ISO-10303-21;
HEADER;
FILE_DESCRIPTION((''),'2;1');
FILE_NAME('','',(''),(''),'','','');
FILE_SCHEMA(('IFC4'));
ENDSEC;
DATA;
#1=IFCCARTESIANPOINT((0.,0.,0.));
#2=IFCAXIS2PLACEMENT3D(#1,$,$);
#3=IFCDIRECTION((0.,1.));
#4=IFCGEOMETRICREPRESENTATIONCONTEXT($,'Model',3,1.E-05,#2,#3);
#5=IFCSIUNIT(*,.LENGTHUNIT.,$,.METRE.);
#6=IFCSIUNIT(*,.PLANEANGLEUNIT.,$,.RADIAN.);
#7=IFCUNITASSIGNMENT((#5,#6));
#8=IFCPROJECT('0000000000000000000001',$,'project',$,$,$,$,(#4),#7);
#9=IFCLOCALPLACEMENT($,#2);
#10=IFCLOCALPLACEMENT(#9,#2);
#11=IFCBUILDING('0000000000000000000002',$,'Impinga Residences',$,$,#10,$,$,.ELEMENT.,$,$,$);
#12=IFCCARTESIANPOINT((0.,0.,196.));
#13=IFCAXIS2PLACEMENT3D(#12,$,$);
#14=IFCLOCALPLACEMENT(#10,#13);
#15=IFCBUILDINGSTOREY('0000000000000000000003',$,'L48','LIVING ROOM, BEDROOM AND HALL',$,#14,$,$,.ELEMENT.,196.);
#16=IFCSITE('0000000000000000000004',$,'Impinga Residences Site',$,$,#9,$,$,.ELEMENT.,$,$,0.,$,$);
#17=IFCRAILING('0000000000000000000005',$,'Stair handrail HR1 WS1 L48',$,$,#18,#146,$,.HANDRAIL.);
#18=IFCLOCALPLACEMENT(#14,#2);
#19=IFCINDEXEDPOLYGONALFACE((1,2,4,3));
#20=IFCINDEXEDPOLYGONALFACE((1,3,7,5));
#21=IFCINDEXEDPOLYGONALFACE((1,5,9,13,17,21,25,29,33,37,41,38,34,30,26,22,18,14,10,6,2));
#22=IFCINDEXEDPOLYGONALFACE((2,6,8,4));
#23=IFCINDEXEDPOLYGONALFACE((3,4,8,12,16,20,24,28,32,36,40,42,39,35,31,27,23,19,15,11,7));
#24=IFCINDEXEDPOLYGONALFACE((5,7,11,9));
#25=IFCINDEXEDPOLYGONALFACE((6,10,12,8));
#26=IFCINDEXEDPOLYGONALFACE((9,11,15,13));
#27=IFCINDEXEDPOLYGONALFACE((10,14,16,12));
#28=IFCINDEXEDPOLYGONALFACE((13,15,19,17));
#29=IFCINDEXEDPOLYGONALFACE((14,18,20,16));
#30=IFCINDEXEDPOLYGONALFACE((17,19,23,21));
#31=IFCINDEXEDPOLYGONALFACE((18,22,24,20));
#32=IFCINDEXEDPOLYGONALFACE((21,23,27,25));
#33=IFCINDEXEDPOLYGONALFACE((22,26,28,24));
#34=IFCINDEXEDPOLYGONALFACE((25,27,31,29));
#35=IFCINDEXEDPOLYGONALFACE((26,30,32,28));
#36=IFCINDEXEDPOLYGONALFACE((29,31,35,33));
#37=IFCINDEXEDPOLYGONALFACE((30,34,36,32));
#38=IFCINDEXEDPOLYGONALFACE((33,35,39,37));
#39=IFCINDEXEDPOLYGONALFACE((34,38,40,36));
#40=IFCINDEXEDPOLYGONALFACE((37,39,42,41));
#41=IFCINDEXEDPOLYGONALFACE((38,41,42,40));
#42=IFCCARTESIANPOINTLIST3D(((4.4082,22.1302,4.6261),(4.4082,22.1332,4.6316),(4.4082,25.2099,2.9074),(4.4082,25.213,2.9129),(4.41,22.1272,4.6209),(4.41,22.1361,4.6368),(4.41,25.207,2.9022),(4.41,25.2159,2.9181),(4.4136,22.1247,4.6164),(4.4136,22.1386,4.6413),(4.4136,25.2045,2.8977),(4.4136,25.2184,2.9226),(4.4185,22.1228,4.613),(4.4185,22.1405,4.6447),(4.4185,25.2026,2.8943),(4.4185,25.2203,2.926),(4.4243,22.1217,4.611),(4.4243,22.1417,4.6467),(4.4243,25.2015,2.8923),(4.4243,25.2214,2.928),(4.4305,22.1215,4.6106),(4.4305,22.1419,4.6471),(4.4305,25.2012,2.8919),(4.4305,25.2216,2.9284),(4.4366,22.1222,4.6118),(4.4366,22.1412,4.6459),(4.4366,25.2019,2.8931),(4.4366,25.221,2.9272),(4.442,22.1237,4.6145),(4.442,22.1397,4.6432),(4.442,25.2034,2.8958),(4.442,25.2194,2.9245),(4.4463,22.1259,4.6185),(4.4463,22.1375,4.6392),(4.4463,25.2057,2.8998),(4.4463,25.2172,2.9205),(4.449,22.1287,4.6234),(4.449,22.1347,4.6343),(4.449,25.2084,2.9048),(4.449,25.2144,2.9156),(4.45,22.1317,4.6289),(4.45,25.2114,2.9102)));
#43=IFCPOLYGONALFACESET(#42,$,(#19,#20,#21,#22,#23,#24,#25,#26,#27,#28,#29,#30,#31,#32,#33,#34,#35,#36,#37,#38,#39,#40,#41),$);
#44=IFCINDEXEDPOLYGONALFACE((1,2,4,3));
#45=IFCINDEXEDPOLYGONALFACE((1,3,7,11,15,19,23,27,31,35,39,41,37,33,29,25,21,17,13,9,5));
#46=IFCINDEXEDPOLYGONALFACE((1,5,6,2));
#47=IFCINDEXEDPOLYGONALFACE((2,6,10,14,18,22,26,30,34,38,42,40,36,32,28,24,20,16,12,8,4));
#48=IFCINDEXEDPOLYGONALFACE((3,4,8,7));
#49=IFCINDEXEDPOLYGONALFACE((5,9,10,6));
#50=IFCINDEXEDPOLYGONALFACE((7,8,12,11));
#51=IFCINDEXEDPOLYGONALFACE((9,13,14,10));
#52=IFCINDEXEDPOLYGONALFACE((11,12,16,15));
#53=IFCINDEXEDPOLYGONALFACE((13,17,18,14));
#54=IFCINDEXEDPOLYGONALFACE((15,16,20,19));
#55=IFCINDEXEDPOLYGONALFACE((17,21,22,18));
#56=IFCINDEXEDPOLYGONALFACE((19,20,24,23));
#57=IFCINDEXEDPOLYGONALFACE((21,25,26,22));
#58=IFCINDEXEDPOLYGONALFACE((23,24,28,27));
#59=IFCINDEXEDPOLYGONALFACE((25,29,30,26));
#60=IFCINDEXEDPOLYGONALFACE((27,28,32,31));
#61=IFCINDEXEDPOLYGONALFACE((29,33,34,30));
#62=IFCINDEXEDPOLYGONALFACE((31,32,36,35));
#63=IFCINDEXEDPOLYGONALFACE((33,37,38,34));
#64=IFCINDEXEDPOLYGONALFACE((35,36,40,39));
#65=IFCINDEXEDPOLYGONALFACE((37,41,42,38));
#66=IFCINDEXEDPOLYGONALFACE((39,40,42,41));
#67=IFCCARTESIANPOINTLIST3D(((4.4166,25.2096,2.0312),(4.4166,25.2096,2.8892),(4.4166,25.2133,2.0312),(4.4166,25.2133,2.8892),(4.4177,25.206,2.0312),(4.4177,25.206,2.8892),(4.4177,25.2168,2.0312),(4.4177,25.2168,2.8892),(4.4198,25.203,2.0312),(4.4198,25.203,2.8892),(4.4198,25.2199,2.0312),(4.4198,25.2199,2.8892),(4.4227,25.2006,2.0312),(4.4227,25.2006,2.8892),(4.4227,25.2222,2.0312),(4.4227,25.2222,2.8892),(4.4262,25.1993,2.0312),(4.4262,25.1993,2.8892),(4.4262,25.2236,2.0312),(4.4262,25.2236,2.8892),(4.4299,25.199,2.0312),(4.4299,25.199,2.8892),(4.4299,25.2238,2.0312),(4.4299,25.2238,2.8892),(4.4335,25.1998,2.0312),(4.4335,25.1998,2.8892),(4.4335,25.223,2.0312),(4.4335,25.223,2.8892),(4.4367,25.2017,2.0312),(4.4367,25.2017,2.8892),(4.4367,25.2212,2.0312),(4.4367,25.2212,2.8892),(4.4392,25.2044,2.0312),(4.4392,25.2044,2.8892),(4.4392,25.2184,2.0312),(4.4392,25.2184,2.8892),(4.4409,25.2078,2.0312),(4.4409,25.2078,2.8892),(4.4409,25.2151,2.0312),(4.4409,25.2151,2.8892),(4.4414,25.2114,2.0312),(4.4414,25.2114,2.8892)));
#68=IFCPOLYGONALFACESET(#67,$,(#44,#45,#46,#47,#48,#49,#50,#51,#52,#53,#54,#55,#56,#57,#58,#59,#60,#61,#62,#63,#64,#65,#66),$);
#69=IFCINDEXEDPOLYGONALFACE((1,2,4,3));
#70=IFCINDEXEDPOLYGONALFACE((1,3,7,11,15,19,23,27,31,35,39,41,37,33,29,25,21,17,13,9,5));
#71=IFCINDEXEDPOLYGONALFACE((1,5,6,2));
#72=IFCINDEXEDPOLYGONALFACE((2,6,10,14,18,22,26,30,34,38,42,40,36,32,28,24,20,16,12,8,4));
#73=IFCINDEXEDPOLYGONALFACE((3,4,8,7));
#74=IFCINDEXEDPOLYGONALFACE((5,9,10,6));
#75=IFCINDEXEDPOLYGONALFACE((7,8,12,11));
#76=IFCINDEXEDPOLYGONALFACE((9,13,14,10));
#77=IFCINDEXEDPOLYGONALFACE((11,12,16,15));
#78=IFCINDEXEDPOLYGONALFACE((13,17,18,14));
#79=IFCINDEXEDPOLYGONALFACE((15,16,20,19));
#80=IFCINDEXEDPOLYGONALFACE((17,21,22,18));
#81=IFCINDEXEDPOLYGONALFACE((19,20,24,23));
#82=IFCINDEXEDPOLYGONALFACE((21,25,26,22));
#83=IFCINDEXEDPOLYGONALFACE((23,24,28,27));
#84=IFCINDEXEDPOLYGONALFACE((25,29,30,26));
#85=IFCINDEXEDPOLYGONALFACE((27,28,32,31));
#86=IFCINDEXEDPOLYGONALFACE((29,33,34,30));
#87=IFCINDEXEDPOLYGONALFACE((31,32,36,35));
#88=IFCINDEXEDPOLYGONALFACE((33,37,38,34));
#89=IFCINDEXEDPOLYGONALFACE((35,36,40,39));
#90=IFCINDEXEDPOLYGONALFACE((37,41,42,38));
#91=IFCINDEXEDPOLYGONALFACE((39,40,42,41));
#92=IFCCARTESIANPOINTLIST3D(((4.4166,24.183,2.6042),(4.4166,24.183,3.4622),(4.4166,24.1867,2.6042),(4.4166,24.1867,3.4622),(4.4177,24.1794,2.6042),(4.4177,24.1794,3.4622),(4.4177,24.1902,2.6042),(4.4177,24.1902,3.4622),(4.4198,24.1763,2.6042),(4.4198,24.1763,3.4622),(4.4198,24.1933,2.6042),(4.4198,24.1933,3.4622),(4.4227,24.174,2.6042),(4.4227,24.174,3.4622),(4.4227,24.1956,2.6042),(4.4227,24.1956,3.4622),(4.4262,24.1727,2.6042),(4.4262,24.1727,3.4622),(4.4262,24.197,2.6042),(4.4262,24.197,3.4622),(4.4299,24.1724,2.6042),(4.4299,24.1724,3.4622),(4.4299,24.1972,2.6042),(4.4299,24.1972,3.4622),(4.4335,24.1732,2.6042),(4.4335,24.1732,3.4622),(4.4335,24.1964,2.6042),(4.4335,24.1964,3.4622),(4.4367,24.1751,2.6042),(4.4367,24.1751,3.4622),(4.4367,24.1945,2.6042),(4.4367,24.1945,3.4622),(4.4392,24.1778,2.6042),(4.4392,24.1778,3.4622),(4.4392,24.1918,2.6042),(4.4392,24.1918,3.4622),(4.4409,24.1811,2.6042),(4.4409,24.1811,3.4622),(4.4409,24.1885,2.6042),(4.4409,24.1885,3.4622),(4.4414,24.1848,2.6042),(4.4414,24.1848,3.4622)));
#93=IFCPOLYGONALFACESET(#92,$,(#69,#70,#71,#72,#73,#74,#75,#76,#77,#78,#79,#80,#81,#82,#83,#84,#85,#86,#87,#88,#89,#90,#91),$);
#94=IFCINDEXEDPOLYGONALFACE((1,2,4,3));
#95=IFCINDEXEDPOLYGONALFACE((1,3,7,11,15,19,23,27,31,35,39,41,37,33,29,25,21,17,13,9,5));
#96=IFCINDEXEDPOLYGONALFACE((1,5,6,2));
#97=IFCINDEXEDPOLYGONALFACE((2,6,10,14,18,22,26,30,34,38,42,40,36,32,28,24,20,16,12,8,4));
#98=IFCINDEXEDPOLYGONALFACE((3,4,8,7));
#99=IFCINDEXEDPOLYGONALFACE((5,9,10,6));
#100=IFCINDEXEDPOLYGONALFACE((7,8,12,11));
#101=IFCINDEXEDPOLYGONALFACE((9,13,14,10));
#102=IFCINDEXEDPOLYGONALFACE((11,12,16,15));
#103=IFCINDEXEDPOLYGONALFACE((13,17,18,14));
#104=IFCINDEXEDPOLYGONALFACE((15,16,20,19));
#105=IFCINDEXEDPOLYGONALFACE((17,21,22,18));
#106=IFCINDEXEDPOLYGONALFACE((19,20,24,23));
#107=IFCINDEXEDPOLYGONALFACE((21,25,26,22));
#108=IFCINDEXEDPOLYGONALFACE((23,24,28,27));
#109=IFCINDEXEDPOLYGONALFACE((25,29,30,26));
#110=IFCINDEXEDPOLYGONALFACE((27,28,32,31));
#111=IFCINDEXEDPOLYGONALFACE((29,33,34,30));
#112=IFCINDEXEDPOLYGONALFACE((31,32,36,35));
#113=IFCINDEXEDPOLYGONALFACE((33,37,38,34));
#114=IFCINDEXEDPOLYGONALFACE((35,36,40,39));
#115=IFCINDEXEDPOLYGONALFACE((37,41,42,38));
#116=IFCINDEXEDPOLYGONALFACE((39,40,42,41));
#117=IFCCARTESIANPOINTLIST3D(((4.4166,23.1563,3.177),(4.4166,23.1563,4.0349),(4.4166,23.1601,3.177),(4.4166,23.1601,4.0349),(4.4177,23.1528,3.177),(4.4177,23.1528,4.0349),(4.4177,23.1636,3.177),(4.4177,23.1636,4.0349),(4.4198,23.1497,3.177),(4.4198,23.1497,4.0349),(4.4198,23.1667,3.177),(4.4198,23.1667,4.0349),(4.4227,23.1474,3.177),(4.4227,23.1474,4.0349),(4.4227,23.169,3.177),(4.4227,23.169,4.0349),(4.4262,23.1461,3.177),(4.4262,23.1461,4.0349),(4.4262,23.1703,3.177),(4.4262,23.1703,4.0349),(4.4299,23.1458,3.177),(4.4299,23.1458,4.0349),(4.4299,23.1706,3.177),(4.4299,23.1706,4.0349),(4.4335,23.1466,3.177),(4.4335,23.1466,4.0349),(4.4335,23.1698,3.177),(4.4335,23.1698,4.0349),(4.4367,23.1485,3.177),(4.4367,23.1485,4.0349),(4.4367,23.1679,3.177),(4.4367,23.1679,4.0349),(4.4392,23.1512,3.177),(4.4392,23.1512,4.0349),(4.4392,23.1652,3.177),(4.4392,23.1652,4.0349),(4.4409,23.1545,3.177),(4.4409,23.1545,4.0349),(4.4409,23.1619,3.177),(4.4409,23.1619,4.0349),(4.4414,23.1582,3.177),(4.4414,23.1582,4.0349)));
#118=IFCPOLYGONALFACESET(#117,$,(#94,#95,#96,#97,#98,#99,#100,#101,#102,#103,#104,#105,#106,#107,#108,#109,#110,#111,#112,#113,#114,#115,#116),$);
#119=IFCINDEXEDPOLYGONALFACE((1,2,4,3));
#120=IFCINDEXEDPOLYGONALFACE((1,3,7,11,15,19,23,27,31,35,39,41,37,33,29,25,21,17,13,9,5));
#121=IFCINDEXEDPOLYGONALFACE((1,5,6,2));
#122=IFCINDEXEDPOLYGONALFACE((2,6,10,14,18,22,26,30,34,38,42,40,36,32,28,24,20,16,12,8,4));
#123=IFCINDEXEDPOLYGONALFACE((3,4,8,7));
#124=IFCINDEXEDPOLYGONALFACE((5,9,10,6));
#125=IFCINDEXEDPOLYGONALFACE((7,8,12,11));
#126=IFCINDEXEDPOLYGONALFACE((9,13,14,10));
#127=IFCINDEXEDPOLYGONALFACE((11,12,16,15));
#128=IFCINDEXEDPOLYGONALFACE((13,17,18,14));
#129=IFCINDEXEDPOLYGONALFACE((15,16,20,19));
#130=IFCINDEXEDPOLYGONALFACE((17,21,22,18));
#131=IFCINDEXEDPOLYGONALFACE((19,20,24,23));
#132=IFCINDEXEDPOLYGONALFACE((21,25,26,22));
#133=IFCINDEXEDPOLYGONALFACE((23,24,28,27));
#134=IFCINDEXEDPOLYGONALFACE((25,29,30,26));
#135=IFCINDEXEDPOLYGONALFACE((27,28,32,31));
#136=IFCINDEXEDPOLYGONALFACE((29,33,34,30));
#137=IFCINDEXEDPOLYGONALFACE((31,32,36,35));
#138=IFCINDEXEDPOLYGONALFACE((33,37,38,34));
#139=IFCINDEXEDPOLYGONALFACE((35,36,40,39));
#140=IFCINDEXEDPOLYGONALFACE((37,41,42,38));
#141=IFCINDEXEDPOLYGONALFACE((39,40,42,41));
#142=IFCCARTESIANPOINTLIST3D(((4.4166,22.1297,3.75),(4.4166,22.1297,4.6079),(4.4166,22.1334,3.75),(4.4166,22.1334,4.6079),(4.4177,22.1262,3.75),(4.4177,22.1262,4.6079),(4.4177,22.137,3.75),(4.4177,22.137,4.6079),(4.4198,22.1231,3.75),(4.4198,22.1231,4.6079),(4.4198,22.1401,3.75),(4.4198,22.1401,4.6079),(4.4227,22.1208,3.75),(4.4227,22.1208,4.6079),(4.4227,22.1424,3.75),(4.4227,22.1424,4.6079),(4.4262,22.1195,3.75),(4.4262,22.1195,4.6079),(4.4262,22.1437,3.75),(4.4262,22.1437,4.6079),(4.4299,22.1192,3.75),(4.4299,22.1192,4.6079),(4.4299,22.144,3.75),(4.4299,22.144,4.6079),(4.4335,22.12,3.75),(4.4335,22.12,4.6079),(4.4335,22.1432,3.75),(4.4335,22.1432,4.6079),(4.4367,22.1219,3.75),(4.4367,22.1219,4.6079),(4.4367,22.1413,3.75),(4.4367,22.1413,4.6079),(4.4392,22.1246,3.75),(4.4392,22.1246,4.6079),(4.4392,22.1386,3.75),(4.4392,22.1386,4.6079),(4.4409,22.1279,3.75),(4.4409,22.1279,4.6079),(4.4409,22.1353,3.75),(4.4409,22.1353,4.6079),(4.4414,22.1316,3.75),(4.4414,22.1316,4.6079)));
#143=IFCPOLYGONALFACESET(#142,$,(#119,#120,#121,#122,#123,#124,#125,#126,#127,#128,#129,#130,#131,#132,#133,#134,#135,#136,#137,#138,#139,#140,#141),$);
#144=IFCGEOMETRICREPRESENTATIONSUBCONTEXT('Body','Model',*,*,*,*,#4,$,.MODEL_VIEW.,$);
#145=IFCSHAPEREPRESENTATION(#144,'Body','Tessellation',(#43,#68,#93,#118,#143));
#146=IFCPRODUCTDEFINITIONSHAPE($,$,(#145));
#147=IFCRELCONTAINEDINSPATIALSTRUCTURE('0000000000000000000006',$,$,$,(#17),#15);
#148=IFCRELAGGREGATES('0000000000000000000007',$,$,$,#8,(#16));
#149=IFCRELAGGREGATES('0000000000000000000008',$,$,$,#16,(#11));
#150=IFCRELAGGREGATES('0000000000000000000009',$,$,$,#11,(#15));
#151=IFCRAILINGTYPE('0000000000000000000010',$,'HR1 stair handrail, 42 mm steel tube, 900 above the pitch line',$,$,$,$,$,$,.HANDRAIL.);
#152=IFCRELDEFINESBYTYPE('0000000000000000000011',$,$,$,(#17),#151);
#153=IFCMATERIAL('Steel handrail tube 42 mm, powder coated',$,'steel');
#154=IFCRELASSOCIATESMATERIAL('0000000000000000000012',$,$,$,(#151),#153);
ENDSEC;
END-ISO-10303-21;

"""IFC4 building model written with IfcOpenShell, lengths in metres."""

from ifc_helpers import new_model, si_unit, direction, frame, origin, origin_2d, place, context, subcontext, project, spatial, circle, extrude, material, type_object, element, save


model = new_model("IFC4")

# Units and contexts
model_context = context("Model", 3, precision=1e-05, world=origin(), true_north=direction((0.0, 1.0)))
body_context = subcontext(model_context, "Body", "Model", "MODEL_VIEW")
ifc_project = project(units=[si_unit("LENGTHUNIT", "METRE"), si_unit("PLANEANGLEUNIT", "RADIAN")], contexts=[model_context])

# Site, building, storey
site_placement = place(None, origin())
site = spatial("IfcSite", under=ifc_project, at=site_placement, Name="Impinga Residences Site", CompositionType="ELEMENT", RefElevation=0.0)
building_placement = place(site_placement, origin())
building = spatial("IfcBuilding", under=site, at=building_placement, Name="Impinga Residences", CompositionType="ELEMENT")
storey_placement = place(building_placement, frame((0.0, 0.0, 196.0)))
storey = spatial("IfcBuildingStorey", under=building, at=storey_placement, Name="L48", Description="LIVING ROOM, BEDROOM AND HALL", CompositionType="ELEMENT", Elevation=196.0)

# Railing
ifc_material_1 = material(Name="Steel handrail tube 42 mm, powder coated", Category="steel")
railing_type_1 = type_object("IfcRailingType", Name="HR1 stair handrail, 42 mm steel tube, 900 above the pitch line", PredefinedType="HANDRAIL", material=ifc_material_1)
railing_1_placement = place(storey_placement, frame((4.429, 25.2114, 2.0312)))
element("IfcRailing", 1, at=railing_1_placement, inside=storey, type_object=railing_type_1, Name="Stair handrail HR1 WS1 L48", PredefinedType="HANDRAIL", context=body_context, shape_type="SweptSolid", body=[
    extrude(circle(Radius=0.021, at=origin_2d()), frame((0.0, 0.0, 0.8789), z_axis=(0.0, -0.873225, 0.487317), x_axis=(1.0, 0.0, 0.0)), (0.0, 0.0, 1.0), 3.5269),
    extrude(circle(Radius=0.0125, at=origin_2d()), origin(), (0.0, 0.0, 1.0), 0.8579),
    extrude(circle(Radius=0.0125, at=origin_2d()), frame((0.0, -1.0266, 0.573)), (0.0, 0.0, 1.0), 0.8579),
    extrude(circle(Radius=0.0125, at=origin_2d()), frame((0.0, -2.0532, 1.1458)), (0.0, 0.0, 1.0), 0.8579),
    extrude(circle(Radius=0.0125, at=origin_2d()), frame((0.0, -3.0798, 1.7188)), (0.0, 0.0, 1.0), 0.8579),
])

save(model, "model.ifc")
